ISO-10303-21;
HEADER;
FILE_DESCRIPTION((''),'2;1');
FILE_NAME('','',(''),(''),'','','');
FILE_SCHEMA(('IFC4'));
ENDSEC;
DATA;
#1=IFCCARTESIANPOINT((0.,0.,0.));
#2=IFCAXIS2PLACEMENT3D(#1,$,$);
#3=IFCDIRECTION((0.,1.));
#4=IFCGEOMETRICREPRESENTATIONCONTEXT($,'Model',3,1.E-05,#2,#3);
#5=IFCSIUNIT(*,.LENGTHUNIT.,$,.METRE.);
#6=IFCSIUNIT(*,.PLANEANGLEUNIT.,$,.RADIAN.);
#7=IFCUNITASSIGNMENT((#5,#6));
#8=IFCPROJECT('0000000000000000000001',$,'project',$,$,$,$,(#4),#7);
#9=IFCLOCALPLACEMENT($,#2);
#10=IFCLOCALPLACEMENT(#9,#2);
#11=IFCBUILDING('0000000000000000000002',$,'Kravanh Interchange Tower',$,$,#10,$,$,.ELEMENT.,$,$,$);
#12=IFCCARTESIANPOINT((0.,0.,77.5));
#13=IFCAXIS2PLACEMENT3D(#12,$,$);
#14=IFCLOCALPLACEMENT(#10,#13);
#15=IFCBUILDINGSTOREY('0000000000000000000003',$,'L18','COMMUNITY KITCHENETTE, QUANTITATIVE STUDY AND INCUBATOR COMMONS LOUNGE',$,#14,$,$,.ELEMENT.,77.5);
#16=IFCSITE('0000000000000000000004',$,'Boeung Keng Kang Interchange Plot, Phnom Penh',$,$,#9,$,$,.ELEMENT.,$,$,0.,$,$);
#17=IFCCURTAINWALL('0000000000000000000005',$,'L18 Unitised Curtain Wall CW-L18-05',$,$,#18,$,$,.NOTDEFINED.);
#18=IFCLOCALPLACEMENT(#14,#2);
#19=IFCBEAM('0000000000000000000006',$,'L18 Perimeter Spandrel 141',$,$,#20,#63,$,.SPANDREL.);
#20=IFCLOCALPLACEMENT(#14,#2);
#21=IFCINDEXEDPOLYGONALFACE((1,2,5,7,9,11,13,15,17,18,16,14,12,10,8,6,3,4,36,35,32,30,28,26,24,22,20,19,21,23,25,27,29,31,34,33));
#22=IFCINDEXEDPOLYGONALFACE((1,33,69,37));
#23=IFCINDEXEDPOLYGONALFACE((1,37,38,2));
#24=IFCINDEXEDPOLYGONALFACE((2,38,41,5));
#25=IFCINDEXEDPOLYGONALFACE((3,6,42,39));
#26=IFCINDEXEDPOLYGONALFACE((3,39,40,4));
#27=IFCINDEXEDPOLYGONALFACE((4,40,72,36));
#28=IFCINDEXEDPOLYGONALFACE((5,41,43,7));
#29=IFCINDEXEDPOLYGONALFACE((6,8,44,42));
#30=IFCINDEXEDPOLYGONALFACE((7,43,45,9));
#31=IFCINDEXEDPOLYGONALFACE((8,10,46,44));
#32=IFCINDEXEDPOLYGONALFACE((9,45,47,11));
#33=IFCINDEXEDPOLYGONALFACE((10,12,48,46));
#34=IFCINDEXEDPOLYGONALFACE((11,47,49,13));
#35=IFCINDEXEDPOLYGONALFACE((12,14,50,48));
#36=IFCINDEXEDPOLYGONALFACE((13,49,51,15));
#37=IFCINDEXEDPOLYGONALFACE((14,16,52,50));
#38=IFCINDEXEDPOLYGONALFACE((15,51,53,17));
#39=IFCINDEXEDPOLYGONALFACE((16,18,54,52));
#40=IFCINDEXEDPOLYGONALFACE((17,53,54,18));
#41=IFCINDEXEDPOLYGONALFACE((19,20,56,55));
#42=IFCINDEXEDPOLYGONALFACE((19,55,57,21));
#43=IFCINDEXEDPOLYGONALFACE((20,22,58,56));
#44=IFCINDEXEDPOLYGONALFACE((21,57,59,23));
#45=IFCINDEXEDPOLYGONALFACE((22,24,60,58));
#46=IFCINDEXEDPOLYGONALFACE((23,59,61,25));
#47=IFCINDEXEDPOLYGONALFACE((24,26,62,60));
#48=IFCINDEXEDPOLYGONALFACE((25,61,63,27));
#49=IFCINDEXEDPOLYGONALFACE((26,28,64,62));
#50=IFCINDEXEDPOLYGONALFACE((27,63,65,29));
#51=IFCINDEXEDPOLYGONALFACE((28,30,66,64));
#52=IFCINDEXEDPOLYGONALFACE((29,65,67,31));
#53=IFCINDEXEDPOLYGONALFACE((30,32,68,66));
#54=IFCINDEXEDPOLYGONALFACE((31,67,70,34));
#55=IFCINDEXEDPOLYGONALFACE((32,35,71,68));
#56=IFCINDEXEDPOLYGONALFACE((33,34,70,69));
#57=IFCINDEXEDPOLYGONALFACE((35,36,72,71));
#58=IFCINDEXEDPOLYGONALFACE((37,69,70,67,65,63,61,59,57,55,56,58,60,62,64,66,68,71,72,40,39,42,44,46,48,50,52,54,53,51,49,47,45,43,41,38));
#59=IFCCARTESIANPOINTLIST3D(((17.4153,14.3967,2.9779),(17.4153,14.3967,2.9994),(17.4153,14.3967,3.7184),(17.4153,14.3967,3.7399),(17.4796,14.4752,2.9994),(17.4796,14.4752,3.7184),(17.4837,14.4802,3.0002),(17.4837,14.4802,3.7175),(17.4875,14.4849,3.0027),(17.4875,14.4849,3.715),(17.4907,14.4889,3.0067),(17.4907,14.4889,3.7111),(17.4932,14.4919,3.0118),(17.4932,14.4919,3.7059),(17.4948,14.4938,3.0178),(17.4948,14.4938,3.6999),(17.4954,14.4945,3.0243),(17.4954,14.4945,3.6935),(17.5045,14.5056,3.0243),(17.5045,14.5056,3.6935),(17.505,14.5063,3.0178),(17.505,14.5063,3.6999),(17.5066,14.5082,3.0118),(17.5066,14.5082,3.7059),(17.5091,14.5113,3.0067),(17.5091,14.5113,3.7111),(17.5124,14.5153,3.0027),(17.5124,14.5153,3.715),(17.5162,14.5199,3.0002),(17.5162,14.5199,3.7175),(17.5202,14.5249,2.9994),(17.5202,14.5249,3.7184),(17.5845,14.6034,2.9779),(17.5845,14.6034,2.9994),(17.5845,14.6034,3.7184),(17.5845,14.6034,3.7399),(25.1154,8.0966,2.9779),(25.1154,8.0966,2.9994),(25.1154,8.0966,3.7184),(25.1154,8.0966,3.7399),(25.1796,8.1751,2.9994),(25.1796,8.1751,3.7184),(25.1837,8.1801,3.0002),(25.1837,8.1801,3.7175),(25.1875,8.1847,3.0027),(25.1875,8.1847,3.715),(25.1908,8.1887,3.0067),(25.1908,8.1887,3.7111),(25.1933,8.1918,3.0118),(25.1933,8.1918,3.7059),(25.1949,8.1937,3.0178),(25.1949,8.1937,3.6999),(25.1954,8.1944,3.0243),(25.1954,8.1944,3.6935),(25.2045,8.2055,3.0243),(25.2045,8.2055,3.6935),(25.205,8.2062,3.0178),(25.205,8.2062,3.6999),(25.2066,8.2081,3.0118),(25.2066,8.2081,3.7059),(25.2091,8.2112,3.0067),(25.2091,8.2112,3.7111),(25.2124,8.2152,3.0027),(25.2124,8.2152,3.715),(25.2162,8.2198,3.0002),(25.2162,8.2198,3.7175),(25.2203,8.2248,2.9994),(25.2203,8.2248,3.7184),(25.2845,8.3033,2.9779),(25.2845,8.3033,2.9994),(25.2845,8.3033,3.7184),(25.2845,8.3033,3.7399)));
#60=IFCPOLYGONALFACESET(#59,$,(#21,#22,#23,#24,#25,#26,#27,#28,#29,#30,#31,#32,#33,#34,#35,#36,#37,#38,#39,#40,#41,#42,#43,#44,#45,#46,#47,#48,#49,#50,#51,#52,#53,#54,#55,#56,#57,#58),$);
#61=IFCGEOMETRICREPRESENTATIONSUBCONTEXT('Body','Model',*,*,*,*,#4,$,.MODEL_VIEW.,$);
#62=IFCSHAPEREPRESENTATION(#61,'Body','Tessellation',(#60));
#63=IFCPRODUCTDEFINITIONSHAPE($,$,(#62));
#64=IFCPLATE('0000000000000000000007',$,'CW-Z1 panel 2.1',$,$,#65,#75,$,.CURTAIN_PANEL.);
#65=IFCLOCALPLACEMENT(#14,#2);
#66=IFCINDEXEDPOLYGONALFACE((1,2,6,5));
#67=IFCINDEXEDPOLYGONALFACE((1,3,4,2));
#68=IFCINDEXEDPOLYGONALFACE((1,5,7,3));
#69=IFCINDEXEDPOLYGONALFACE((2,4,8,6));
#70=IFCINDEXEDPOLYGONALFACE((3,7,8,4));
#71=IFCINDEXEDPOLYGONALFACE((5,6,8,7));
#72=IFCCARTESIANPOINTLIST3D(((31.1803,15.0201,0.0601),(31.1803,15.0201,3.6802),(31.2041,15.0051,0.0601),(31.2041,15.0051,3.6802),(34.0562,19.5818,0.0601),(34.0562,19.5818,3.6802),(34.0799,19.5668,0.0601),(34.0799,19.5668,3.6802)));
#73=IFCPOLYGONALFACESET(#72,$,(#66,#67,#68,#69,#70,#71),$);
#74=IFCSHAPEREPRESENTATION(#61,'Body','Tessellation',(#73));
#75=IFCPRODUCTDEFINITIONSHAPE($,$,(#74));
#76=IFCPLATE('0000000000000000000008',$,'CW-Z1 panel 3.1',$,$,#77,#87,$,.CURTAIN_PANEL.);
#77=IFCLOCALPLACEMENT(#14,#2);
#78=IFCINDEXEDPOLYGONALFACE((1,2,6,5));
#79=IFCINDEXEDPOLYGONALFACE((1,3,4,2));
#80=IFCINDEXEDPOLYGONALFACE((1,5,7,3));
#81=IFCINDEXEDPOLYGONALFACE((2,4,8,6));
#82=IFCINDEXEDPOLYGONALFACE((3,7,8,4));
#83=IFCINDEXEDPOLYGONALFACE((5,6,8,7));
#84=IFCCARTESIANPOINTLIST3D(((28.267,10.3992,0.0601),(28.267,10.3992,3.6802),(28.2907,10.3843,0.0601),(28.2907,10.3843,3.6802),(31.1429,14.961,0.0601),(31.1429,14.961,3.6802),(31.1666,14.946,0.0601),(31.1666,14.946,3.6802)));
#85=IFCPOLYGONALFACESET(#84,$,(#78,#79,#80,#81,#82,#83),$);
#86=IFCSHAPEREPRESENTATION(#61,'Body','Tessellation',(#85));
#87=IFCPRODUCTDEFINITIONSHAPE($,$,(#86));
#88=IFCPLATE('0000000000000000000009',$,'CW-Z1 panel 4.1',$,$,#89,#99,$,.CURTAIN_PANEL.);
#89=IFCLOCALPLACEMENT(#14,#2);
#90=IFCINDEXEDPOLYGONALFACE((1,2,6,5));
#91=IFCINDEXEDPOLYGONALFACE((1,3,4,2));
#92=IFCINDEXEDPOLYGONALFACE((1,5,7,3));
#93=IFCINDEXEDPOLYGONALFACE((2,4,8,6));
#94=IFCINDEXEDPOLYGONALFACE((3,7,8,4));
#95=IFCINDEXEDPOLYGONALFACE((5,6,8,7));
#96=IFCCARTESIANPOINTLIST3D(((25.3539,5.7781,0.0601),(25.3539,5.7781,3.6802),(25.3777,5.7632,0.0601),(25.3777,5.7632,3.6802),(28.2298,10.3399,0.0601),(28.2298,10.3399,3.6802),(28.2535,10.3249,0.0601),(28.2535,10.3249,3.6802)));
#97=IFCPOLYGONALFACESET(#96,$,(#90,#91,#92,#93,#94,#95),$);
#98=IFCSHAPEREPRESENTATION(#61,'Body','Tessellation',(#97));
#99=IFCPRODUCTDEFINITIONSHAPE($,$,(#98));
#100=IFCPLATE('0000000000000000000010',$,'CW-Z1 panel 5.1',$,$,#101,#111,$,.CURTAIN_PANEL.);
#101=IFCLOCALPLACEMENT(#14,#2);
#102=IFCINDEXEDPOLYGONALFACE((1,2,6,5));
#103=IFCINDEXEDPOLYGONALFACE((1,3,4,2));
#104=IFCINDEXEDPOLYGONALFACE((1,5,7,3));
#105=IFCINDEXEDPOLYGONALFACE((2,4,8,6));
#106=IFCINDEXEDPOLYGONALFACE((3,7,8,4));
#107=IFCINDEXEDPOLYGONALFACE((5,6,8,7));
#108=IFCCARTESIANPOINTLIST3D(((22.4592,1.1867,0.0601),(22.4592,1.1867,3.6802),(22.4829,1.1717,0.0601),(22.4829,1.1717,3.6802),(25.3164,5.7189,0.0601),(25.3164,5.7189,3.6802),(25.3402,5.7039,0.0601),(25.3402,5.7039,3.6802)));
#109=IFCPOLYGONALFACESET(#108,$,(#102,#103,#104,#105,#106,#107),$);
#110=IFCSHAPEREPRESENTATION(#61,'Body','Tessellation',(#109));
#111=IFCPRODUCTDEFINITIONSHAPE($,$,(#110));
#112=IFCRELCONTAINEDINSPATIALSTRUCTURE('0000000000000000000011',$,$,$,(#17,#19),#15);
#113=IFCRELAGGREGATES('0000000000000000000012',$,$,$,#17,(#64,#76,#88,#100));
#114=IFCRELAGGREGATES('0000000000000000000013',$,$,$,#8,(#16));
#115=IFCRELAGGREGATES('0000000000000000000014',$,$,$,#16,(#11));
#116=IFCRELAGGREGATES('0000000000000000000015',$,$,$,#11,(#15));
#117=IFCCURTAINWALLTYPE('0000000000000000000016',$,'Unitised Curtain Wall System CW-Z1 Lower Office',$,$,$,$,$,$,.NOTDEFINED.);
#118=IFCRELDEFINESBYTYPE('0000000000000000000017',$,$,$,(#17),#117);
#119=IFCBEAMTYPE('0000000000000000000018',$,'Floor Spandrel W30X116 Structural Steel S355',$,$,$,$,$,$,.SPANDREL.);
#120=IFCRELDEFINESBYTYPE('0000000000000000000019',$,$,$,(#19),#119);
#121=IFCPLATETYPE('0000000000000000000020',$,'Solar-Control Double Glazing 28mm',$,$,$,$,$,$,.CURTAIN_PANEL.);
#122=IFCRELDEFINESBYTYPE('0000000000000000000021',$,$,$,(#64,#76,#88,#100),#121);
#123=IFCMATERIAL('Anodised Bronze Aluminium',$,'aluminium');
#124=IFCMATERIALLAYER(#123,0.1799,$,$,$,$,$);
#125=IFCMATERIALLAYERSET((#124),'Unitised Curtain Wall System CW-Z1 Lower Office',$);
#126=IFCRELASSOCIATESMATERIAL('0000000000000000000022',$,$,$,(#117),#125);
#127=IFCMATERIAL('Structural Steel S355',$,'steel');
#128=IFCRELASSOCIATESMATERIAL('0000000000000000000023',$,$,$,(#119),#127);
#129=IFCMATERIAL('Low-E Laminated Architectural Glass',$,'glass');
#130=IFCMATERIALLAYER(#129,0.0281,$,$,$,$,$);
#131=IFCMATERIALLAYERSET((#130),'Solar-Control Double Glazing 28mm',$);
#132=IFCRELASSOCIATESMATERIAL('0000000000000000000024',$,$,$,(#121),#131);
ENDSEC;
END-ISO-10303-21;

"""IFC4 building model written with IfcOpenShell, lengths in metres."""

from ifc_helpers import new_model, si_unit, direction, frame, origin, origin_2d, place, context, subcontext, project, spatial, rectangle, i_section, extrude, material, layer, layer_set, material_profile, profile_set, type_object, element, aggregate, save


model = new_model("IFC4")

# Units and contexts
model_context = context("Model", 3, precision=1e-05, world=origin(), true_north=direction((0.0, 1.0)))
body_context = subcontext(model_context, "Body", "Model", "MODEL_VIEW")
ifc_project = project(units=[si_unit("LENGTHUNIT", "METRE"), si_unit("PLANEANGLEUNIT", "RADIAN")], contexts=[model_context])

# Site, building, storey
site_placement = place(None, origin())
site = spatial("IfcSite", under=ifc_project, at=site_placement, Name="Boeung Keng Kang Interchange Plot, Phnom Penh", CompositionType="ELEMENT", RefElevation=0.0)
building_placement = place(site_placement, origin())
building = spatial("IfcBuilding", under=site, at=building_placement, Name="Kravanh Interchange Tower", CompositionType="ELEMENT")
storey_placement = place(building_placement, frame((0.0, 0.0, 77.5)))
storey = spatial("IfcBuildingStorey", under=building, at=storey_placement, Name="L18", Description="COMMUNITY KITCHENETTE, QUANTITATIVE STUDY AND INCUBATOR COMMONS LOUNGE", CompositionType="ELEMENT", Elevation=77.5)

# Curtain wall
ifc_material_1 = material(Name="Anodised Bronze Aluminium", Category="aluminium")
ifc_layer_1 = layer(ifc_material_1, 0.1799)
ifc_layer_set_1 = layer_set([ifc_layer_1], Name="Unitised Curtain Wall System CW-Z1 Lower Office")
curtain_wall_type = type_object("IfcCurtainWallType", Name="Unitised Curtain Wall System CW-Z1 Lower Office", PredefinedType="NOTDEFINED", material=ifc_layer_set_1)
curtain_wall_1_placement = place(storey_placement, origin())
curtain_wall_1 = element("IfcCurtainWall", 1, at=curtain_wall_1_placement, inside=storey, type_object=curtain_wall_type, Name="L18 Unitised Curtain Wall CW-L18-05", PredefinedType="NOTDEFINED")

# Beam
ifc_material_2 = material(Name="Structural Steel S355", Category="steel")
ifc_material_profile_1 = material_profile(ifc_material_2, i_section(OverallWidth=0.2671, OverallDepth=0.762, WebThickness=0.0144, FlangeThickness=0.0215, FilletRadius=0.0249, at=origin_2d()), Name="W30X116")
ifc_profile_set_1 = profile_set([ifc_material_profile_1], Name="Structural Steel S355")
beam_type = type_object("IfcBeamType", Name="Floor Spandrel W30X116 Structural Steel S355", PredefinedType="SPANDREL", material=ifc_profile_set_1)
beam_1_placement = place(storey_placement, frame((25.2, 8.2, 3.3589), z_axis=(-0.773953, 0.633243, 0.0), x_axis=(-0.633243, -0.773953, 0.0)))
element("IfcBeam", 2, at=beam_1_placement, inside=storey, type_object=beam_type, Name="L18 Perimeter Spandrel 141", PredefinedType="SPANDREL", context=body_context, shape_type="SweptSolid", body=[
    extrude(i_section(OverallWidth=0.2671, OverallDepth=0.762, WebThickness=0.0144, FlangeThickness=0.0215, FilletRadius=0.0249, at=origin_2d()), origin(), (0.0, 0.0, 1.0), 9.949),
])

# Plates
ifc_material_3 = material(Name="Low-E Laminated Architectural Glass", Category="glass")
ifc_layer_2 = layer(ifc_material_3, 0.0281)
ifc_layer_set_2 = layer_set([ifc_layer_2], Name="Solar-Control Double Glazing 28mm")
plate_type = type_object("IfcPlateType", Name="Solar-Control Double Glazing 28mm", PredefinedType="CURTAIN_PANEL", material=ifc_layer_set_2)
plate_1_placement = place(storey_placement, frame((32.6301, 17.2935, 0.0601), z_axis=(0.0, 0.0, 1.0), x_axis=(-0.533301, -0.845926, 0.0)))
plate_1 = element("IfcPlate", 3, at=plate_1_placement, type_object=plate_type, Name="CW-Z1 panel 2.1", PredefinedType="CURTAIN_PANEL", context=body_context, shape_type="SweptSolid", body=[
    extrude(rectangle(XDim=5.3926, YDim=0.0281, at=origin_2d()), origin(), (0.0, 0.0, 1.0), 3.6201),
])
plate_2_placement = place(storey_placement, frame((29.7168, 12.6726, 0.0601), z_axis=(0.0, 0.0, 1.0), x_axis=(-0.533301, -0.845926, 0.0)))
plate_2 = element("IfcPlate", 4, at=plate_2_placement, type_object=plate_type, Name="CW-Z1 panel 3.1", PredefinedType="CURTAIN_PANEL", context=body_context, shape_type="SweptSolid", body=[
    extrude(rectangle(XDim=5.3926, YDim=0.0281, at=origin_2d()), origin(), (0.0, 0.0, 1.0), 3.6201),
])
plate_3_placement = place(storey_placement, frame((26.8037, 8.0515, 0.0601), z_axis=(0.0, 0.0, 1.0), x_axis=(-0.533301, -0.845926, 0.0)))
plate_3 = element("IfcPlate", 5, at=plate_3_placement, type_object=plate_type, Name="CW-Z1 panel 4.1", PredefinedType="CURTAIN_PANEL", context=body_context, shape_type="SweptSolid", body=[
    extrude(rectangle(XDim=5.3926, YDim=0.0281, at=origin_2d()), origin(), (0.0, 0.0, 1.0), 3.6201),
])
plate_4_placement = place(storey_placement, frame((23.8997, 3.4453, 0.0601), z_axis=(0.0, 0.0, 1.0), x_axis=(-0.533301, -0.845926, 0.0)))
plate_4 = element("IfcPlate", 6, at=plate_4_placement, type_object=plate_type, Name="CW-Z1 panel 5.1", PredefinedType="CURTAIN_PANEL", context=body_context, shape_type="SweptSolid", body=[
    extrude(rectangle(XDim=5.3577, YDim=0.0281, at=origin_2d()), origin(), (0.0, 0.0, 1.0), 3.6201),
])
aggregate(curtain_wall_1, [plate_1, plate_2, plate_3, plate_4])

save(model, "model.ifc")
